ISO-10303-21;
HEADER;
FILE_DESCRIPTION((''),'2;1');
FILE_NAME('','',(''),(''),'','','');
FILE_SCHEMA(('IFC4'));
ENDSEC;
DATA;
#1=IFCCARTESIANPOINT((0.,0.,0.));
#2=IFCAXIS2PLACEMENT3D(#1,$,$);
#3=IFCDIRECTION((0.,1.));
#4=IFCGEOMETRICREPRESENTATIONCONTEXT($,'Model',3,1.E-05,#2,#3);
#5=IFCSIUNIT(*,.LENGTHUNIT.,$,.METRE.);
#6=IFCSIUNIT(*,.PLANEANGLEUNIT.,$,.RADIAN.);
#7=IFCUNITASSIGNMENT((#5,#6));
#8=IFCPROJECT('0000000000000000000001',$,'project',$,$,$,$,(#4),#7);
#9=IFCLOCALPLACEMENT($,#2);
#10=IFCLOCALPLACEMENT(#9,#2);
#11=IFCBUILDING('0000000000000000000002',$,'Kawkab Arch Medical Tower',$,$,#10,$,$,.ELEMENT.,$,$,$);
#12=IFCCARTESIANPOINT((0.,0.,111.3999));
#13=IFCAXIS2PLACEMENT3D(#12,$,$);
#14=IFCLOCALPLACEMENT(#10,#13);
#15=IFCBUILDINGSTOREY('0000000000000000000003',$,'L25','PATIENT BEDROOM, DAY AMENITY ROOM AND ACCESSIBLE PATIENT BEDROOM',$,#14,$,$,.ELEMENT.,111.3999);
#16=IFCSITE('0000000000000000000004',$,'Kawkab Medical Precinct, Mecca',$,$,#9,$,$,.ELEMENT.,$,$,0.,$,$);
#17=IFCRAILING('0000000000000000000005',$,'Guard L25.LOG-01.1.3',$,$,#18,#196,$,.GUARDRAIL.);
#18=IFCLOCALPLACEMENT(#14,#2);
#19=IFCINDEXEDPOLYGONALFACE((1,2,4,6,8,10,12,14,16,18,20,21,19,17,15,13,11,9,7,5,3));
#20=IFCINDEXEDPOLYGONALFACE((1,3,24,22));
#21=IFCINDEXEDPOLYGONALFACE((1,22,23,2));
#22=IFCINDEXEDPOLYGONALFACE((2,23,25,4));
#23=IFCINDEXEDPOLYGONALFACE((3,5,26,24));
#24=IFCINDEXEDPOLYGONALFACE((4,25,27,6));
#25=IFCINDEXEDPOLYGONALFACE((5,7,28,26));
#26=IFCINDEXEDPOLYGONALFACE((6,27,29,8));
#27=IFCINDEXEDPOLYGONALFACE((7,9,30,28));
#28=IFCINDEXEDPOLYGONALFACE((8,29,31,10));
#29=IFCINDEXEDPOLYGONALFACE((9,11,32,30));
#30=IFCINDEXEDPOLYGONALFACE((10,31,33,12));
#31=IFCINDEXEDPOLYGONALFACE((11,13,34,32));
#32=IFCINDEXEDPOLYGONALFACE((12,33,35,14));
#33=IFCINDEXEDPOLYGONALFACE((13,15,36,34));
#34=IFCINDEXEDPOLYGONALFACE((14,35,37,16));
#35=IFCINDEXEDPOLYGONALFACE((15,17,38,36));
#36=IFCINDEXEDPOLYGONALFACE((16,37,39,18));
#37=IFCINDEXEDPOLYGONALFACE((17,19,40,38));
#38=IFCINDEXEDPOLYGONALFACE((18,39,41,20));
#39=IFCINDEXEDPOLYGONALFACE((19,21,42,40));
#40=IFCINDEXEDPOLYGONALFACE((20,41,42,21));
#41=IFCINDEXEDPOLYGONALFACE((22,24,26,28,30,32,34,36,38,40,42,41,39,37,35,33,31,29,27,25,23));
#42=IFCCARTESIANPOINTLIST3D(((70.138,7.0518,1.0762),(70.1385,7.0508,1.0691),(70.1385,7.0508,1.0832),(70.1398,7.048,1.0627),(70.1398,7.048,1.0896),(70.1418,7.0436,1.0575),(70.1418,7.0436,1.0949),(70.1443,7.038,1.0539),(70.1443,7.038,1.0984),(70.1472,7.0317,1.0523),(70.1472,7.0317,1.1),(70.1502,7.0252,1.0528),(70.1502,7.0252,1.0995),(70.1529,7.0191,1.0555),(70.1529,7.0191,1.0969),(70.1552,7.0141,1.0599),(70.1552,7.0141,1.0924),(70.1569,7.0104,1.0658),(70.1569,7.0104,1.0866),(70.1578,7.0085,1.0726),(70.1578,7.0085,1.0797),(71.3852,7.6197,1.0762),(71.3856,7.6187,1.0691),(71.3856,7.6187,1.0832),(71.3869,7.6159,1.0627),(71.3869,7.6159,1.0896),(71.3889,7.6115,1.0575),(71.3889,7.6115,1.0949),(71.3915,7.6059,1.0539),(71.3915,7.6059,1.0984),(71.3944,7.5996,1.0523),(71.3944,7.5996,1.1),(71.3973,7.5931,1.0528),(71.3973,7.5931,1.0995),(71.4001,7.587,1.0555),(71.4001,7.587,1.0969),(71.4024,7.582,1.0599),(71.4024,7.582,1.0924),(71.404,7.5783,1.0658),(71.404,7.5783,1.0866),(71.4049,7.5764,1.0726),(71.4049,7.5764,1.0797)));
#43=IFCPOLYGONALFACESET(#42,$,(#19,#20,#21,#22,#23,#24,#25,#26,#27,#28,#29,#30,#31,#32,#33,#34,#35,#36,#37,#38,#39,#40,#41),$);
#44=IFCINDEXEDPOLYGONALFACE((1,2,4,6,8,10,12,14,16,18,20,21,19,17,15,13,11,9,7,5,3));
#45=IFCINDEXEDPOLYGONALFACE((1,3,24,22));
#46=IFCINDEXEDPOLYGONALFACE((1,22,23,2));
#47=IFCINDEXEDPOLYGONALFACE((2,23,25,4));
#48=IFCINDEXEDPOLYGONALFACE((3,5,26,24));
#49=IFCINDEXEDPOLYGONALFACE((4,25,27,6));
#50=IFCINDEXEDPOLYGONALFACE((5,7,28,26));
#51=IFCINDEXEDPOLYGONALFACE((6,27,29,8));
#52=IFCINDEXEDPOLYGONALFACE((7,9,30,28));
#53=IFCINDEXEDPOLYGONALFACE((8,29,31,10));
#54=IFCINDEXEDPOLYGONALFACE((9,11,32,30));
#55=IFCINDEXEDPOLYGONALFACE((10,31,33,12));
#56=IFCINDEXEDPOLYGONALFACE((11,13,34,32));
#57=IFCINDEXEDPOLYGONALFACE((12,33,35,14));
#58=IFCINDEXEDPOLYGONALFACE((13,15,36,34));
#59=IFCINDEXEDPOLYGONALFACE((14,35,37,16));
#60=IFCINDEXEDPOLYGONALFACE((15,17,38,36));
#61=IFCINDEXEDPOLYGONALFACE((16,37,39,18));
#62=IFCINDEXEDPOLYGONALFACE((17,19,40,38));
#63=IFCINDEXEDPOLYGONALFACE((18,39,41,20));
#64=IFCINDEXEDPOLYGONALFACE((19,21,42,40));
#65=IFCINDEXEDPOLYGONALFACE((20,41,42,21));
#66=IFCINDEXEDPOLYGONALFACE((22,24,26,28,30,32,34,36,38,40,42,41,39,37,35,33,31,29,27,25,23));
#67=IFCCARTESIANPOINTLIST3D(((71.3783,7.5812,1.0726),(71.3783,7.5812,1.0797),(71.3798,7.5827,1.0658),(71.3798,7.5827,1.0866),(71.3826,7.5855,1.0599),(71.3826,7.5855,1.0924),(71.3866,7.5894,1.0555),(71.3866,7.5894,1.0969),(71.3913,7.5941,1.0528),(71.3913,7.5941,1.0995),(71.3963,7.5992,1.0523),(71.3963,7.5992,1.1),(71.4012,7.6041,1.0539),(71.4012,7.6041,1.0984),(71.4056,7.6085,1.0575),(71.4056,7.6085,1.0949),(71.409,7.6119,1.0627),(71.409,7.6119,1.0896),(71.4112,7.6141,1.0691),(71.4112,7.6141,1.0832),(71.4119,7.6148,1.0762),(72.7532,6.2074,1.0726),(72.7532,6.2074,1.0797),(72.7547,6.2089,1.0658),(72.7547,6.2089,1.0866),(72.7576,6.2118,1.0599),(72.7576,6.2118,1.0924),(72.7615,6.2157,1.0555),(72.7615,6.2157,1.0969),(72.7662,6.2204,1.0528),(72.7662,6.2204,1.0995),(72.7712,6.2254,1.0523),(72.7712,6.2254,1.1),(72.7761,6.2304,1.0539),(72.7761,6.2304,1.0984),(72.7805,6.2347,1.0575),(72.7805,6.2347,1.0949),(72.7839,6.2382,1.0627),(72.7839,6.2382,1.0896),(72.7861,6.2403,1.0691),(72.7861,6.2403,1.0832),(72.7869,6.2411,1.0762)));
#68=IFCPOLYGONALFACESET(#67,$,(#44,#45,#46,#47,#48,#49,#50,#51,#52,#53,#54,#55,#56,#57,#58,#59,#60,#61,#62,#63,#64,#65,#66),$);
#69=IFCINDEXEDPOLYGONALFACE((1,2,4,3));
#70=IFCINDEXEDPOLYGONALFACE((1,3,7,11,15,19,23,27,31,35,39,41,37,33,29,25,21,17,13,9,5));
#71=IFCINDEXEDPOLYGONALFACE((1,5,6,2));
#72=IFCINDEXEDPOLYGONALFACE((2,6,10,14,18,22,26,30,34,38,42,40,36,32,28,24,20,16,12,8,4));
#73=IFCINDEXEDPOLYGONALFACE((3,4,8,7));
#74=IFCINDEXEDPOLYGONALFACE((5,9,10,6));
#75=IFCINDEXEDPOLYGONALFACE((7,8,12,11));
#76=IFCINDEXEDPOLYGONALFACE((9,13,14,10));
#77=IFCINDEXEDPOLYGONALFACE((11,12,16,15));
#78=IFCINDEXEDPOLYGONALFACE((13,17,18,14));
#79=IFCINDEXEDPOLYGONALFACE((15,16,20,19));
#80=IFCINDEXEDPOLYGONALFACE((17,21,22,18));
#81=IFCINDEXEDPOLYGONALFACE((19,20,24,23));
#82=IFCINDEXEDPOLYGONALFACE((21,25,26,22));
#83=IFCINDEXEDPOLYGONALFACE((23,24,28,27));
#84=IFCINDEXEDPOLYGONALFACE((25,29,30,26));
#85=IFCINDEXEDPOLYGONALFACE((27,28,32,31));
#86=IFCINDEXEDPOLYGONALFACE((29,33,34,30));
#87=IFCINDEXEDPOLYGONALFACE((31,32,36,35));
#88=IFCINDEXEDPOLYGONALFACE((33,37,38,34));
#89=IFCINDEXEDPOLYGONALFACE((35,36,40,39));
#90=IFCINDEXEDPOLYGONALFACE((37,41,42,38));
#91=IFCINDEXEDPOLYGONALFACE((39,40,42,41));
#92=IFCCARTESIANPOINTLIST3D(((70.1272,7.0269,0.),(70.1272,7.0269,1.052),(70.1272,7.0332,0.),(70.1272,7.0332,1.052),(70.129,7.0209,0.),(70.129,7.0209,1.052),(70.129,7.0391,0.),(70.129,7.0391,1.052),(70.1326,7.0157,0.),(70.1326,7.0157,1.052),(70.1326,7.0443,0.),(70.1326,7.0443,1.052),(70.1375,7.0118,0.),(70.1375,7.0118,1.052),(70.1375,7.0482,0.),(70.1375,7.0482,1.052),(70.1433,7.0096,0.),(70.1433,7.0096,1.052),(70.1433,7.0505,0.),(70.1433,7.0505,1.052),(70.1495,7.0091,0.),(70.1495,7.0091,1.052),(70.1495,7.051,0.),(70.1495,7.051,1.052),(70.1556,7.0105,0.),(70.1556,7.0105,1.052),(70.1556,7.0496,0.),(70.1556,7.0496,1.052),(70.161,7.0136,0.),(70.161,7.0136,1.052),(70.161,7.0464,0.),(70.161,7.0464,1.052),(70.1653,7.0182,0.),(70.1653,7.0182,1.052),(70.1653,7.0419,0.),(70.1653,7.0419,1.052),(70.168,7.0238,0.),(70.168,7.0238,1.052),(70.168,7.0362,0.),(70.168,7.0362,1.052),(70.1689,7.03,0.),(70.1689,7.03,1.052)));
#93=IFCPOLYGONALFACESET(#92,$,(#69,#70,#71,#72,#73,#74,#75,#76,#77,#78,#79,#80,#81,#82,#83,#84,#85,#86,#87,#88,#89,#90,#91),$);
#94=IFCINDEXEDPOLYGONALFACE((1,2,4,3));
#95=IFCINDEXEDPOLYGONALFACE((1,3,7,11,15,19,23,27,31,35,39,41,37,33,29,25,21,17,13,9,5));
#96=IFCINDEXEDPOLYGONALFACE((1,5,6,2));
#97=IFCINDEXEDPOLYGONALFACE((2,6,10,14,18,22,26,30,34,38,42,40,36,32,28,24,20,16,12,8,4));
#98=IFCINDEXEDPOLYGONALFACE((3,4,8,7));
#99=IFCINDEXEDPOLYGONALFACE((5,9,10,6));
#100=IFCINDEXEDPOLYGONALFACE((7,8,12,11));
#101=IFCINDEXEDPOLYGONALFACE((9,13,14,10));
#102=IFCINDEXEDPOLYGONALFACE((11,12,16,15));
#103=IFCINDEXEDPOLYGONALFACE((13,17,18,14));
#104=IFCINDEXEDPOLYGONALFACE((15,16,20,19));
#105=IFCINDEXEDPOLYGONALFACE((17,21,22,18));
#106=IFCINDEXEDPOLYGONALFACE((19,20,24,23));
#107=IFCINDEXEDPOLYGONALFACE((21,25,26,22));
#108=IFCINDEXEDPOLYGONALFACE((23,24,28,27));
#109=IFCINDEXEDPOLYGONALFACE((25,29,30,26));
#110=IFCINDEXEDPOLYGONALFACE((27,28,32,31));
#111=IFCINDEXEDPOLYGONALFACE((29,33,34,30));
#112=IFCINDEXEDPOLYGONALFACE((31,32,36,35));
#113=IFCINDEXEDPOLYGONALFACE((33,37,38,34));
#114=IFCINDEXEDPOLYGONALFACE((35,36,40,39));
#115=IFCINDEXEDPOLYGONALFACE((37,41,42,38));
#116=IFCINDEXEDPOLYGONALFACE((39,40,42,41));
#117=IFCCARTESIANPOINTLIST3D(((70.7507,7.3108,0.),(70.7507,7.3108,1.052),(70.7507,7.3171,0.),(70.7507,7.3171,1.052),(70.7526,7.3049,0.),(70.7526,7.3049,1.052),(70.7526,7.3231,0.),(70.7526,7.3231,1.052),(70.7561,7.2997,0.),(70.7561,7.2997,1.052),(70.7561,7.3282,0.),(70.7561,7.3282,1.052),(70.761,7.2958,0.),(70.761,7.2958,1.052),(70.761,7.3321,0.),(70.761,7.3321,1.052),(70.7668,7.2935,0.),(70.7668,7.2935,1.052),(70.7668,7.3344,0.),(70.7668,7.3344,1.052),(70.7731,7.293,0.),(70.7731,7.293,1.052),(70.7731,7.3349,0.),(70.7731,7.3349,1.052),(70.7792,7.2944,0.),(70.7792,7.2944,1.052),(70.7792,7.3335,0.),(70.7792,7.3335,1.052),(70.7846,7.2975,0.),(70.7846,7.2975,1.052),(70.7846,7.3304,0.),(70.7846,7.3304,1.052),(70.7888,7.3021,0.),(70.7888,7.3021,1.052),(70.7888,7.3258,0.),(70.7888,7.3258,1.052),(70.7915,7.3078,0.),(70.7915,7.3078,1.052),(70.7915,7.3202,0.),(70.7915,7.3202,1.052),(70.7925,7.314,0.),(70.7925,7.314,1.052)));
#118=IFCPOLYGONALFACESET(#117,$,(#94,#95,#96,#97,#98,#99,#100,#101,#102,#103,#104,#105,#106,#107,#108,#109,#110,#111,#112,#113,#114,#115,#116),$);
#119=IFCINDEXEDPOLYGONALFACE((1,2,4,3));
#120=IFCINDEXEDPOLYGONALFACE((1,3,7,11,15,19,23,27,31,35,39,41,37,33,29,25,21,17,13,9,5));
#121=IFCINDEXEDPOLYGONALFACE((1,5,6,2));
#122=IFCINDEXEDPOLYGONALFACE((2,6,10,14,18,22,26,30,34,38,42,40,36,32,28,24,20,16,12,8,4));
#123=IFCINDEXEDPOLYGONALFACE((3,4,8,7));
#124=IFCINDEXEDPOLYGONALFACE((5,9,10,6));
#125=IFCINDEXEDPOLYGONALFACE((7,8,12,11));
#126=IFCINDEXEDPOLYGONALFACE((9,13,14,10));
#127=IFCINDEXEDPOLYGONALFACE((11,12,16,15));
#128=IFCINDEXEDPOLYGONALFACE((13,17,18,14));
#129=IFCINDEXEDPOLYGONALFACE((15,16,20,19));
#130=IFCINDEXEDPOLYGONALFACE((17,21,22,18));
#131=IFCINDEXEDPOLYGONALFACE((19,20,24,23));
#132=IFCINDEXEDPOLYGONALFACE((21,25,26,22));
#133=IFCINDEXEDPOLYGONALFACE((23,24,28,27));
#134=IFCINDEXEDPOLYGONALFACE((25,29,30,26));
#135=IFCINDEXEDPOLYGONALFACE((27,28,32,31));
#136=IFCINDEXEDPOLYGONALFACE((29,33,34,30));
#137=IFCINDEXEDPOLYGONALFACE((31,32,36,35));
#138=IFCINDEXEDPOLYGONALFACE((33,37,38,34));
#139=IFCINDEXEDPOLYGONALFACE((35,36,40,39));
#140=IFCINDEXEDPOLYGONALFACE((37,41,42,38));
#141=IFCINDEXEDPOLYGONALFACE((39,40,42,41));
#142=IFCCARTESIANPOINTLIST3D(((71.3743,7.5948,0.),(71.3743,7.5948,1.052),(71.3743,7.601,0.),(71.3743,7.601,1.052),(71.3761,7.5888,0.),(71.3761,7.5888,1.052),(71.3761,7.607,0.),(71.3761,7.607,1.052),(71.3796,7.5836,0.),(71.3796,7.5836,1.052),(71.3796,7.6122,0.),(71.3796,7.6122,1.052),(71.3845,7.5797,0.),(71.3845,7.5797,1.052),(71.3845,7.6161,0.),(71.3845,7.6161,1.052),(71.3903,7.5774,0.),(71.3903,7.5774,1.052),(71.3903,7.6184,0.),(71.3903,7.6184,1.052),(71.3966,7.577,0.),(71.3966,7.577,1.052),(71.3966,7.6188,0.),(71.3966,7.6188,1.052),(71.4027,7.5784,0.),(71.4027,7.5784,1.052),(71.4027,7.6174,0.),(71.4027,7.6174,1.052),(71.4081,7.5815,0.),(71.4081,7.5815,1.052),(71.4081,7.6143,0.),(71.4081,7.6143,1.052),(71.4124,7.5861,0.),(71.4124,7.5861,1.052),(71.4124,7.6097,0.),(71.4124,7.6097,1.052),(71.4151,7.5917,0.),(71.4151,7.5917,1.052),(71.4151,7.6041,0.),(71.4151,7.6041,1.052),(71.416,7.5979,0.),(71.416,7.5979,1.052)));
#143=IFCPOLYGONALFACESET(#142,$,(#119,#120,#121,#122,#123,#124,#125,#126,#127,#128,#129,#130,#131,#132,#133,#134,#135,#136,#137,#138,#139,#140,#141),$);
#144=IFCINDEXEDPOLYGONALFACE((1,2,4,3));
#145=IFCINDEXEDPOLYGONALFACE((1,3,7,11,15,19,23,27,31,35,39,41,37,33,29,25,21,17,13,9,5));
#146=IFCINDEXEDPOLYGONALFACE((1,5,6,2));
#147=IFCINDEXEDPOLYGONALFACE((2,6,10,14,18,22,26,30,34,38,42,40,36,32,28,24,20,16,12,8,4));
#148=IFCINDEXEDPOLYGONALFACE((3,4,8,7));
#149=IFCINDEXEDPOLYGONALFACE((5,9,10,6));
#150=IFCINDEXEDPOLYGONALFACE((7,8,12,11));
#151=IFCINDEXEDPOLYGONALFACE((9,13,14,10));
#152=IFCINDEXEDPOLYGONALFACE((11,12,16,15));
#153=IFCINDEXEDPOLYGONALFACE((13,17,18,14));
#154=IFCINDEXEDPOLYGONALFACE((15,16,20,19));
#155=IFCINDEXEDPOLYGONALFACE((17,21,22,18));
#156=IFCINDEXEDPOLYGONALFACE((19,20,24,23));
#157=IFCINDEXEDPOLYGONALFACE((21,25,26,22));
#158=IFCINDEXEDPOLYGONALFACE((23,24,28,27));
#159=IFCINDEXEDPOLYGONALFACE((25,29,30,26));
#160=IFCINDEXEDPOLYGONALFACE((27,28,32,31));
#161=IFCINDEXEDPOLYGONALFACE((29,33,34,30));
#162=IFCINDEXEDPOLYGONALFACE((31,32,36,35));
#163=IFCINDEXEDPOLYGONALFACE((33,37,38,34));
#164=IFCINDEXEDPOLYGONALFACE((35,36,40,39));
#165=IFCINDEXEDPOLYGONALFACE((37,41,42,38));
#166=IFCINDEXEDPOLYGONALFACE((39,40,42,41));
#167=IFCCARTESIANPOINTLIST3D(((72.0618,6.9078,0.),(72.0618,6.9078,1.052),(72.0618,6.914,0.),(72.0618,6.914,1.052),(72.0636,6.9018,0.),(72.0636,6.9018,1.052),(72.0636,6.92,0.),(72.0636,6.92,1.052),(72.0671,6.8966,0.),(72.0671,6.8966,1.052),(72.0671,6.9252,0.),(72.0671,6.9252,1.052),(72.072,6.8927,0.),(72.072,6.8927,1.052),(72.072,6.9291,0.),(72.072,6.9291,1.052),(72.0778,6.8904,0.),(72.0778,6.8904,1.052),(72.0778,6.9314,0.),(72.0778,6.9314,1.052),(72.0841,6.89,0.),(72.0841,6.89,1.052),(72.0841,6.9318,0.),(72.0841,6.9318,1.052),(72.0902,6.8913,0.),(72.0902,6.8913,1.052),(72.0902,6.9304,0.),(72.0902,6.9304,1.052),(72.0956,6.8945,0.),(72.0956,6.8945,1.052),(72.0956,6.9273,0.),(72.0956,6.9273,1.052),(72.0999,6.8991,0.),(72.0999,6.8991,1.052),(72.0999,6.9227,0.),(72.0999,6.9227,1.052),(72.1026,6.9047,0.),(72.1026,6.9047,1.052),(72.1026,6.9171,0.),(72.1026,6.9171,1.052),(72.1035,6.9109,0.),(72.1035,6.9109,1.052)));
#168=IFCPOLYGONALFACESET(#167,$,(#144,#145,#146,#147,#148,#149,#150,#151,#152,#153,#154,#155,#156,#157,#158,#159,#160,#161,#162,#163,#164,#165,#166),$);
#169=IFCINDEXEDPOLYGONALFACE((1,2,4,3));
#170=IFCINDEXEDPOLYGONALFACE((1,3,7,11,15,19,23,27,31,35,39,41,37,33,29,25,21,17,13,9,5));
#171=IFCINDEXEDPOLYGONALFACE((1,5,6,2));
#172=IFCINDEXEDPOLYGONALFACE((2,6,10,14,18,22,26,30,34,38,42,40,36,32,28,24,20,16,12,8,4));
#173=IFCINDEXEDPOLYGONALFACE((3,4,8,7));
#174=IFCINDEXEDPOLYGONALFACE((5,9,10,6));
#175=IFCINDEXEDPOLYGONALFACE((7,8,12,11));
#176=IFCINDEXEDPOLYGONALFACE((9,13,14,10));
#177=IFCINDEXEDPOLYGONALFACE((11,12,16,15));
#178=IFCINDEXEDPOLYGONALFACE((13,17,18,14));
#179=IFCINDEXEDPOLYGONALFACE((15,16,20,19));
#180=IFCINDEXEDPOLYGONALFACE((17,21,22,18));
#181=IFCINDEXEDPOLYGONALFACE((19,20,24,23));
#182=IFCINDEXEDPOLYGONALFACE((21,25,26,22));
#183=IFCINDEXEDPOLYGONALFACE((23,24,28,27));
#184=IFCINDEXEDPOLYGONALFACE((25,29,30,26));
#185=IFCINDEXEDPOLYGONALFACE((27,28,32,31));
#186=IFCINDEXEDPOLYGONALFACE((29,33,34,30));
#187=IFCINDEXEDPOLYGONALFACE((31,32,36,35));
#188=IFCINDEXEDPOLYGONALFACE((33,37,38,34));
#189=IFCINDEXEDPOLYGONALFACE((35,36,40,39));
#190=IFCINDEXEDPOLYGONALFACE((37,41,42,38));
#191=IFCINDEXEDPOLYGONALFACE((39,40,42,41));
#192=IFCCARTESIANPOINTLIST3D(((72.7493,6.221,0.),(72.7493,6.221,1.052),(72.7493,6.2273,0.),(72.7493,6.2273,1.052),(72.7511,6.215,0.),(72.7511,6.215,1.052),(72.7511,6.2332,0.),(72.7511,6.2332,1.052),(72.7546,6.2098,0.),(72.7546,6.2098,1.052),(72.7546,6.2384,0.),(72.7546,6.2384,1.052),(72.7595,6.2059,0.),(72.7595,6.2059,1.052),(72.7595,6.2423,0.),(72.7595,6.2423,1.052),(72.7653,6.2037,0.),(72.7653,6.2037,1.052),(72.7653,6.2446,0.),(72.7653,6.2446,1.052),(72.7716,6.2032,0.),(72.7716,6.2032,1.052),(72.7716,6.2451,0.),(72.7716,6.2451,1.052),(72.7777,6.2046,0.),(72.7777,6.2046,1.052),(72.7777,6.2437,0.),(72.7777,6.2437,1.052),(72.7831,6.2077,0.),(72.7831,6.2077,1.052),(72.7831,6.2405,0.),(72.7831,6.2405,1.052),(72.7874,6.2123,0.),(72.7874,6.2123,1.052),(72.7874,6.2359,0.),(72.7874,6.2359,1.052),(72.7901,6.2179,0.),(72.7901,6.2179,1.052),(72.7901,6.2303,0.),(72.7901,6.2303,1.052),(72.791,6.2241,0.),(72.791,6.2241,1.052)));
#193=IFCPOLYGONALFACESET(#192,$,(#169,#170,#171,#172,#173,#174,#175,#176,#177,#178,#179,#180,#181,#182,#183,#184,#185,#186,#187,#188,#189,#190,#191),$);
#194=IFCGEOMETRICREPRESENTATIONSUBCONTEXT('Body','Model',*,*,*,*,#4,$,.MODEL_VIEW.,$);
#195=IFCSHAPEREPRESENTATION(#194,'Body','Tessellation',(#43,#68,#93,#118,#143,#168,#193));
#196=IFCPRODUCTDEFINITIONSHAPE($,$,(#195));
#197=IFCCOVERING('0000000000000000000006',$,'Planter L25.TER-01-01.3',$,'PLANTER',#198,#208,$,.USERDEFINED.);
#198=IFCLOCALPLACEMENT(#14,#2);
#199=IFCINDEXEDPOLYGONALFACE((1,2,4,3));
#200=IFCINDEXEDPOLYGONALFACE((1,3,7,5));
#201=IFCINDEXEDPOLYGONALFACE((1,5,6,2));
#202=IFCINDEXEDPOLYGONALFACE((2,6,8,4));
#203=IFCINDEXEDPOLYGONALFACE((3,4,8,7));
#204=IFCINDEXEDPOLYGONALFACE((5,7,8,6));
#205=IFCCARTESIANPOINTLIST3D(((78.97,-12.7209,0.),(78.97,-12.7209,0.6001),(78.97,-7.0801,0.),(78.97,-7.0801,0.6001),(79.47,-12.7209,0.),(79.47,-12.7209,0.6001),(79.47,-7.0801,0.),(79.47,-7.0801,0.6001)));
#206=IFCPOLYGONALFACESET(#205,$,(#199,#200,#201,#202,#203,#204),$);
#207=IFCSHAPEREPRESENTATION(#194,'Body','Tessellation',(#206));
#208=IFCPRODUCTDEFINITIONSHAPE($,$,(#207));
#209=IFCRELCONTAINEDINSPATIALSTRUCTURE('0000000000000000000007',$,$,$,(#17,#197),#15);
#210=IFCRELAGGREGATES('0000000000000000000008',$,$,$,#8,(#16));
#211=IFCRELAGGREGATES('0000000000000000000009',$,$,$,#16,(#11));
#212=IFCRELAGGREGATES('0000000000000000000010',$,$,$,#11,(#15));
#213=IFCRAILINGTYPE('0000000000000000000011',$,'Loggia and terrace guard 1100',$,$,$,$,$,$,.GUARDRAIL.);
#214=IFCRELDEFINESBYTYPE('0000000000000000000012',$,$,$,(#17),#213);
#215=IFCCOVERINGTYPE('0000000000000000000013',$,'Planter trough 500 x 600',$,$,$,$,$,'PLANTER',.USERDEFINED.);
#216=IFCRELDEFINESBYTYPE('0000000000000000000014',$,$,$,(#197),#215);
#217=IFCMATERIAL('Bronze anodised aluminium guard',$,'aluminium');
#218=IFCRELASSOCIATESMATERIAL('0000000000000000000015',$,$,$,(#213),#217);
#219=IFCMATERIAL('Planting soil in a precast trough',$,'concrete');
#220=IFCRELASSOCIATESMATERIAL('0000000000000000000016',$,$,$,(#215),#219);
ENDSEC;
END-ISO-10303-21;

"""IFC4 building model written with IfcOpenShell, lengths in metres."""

from ifc_helpers import new_model, si_unit, direction, frame, origin, origin_2d, place, context, subcontext, project, spatial, rectangle, circle, extrude, material, material_profile, profile_set, type_object, element, save


model = new_model("IFC4")

# Units and contexts
model_context = context("Model", 3, precision=1e-05, world=origin(), true_north=direction((0.0, 1.0)))
body_context = subcontext(model_context, "Body", "Model", "MODEL_VIEW")
ifc_project = project(units=[si_unit("LENGTHUNIT", "METRE"), si_unit("PLANEANGLEUNIT", "RADIAN")], contexts=[model_context])

# Site, building, storey
site_placement = place(None, origin())
site = spatial("IfcSite", under=ifc_project, at=site_placement, Name="Kawkab Medical Precinct, Mecca", CompositionType="ELEMENT", RefElevation=0.0)
building_placement = place(site_placement, origin())
building = spatial("IfcBuilding", under=site, at=building_placement, Name="Kawkab Arch Medical Tower", CompositionType="ELEMENT")
storey_placement = place(building_placement, frame((0.0, 0.0, 111.3999)))
storey = spatial("IfcBuildingStorey", under=building, at=storey_placement, Name="L25", Description="PATIENT BEDROOM, DAY AMENITY ROOM AND ACCESSIBLE PATIENT BEDROOM", CompositionType="ELEMENT", Elevation=111.3999)

# Railing
ifc_material_1 = material(Name="Bronze anodised aluminium guard", Category="aluminium")
railing_type_1 = type_object("IfcRailingType", Name="Loggia and terrace guard 1100", PredefinedType="GUARDRAIL", material=ifc_material_1)
railing_1_placement = place(storey_placement, frame((70.1479, 7.03, 0.0)))
element("IfcRailing", 1, at=railing_1_placement, inside=storey, type_object=railing_type_1, Name="Guard L25.LOG-01.1.3", PredefinedType="GUARDRAIL", context=body_context, shape_type="SweptSolid", body=[
    extrude(circle(Radius=0.0239, at=origin_2d()), frame((0.0, 0.0, 1.0762), z_axis=(0.910086, 0.41442, 0.0), x_axis=(-0.41442, 0.910086, 0.0)), (0.0, 0.0, 1.0), 1.3704),
    extrude(circle(Radius=0.0239, at=origin_2d()), frame((1.2471, 0.5679, 1.0762), z_axis=(0.707421, -0.706793, 0.0), x_axis=(0.706793, 0.707421, 0.0)), (0.0, 0.0, 1.0), 1.9436),
    extrude(circle(Radius=0.021, at=origin_2d()), origin(), (0.0, 0.0, 1.0), 1.052),
    extrude(circle(Radius=0.021, at=origin_2d()), frame((0.6235, 0.2839, 0.0)), (0.0, 0.0, 1.0), 1.052),
    extrude(circle(Radius=0.021, at=origin_2d()), frame((1.2471, 0.5679, 0.0)), (0.0, 0.0, 1.0), 1.052),
    extrude(circle(Radius=0.021, at=origin_2d()), frame((1.9346, -0.1191, 0.0)), (0.0, 0.0, 1.0), 1.052),
    extrude(circle(Radius=0.021, at=origin_2d()), frame((2.6221, -0.8059, 0.0)), (0.0, 0.0, 1.0), 1.052),
])

# Covering
ifc_material_2 = material(Name="Planting soil in a precast trough", Category="concrete")
ifc_material_profile_1 = material_profile(ifc_material_2, rectangle(XDim=0.5, YDim=0.6001, at=origin_2d()), Name="Trough 500x600")
ifc_profile_set_1 = profile_set([ifc_material_profile_1], Name="Planting soil in a precast trough")
covering_type = type_object("IfcCoveringType", Name="Planter trough 500 x 600", ElementType="PLANTER", PredefinedType="USERDEFINED", material=ifc_profile_set_1)
covering_1_placement = place(storey_placement, frame((79.22, -12.7209, 0.3), z_axis=(0.0, 1.0, 0.0), x_axis=(-1.0, 0.0, 0.0)))
element("IfcCovering", 2, at=covering_1_placement, inside=storey, type_object=covering_type, Name="Planter L25.TER-01-01.3", ObjectType="PLANTER", PredefinedType="USERDEFINED", context=body_context, shape_type="SweptSolid", body=[
    extrude(rectangle(XDim=0.5, YDim=0.6001, at=origin_2d()), origin(), (0.0, 0.0, 1.0), 5.6409),
])

save(model, "model.ifc")
